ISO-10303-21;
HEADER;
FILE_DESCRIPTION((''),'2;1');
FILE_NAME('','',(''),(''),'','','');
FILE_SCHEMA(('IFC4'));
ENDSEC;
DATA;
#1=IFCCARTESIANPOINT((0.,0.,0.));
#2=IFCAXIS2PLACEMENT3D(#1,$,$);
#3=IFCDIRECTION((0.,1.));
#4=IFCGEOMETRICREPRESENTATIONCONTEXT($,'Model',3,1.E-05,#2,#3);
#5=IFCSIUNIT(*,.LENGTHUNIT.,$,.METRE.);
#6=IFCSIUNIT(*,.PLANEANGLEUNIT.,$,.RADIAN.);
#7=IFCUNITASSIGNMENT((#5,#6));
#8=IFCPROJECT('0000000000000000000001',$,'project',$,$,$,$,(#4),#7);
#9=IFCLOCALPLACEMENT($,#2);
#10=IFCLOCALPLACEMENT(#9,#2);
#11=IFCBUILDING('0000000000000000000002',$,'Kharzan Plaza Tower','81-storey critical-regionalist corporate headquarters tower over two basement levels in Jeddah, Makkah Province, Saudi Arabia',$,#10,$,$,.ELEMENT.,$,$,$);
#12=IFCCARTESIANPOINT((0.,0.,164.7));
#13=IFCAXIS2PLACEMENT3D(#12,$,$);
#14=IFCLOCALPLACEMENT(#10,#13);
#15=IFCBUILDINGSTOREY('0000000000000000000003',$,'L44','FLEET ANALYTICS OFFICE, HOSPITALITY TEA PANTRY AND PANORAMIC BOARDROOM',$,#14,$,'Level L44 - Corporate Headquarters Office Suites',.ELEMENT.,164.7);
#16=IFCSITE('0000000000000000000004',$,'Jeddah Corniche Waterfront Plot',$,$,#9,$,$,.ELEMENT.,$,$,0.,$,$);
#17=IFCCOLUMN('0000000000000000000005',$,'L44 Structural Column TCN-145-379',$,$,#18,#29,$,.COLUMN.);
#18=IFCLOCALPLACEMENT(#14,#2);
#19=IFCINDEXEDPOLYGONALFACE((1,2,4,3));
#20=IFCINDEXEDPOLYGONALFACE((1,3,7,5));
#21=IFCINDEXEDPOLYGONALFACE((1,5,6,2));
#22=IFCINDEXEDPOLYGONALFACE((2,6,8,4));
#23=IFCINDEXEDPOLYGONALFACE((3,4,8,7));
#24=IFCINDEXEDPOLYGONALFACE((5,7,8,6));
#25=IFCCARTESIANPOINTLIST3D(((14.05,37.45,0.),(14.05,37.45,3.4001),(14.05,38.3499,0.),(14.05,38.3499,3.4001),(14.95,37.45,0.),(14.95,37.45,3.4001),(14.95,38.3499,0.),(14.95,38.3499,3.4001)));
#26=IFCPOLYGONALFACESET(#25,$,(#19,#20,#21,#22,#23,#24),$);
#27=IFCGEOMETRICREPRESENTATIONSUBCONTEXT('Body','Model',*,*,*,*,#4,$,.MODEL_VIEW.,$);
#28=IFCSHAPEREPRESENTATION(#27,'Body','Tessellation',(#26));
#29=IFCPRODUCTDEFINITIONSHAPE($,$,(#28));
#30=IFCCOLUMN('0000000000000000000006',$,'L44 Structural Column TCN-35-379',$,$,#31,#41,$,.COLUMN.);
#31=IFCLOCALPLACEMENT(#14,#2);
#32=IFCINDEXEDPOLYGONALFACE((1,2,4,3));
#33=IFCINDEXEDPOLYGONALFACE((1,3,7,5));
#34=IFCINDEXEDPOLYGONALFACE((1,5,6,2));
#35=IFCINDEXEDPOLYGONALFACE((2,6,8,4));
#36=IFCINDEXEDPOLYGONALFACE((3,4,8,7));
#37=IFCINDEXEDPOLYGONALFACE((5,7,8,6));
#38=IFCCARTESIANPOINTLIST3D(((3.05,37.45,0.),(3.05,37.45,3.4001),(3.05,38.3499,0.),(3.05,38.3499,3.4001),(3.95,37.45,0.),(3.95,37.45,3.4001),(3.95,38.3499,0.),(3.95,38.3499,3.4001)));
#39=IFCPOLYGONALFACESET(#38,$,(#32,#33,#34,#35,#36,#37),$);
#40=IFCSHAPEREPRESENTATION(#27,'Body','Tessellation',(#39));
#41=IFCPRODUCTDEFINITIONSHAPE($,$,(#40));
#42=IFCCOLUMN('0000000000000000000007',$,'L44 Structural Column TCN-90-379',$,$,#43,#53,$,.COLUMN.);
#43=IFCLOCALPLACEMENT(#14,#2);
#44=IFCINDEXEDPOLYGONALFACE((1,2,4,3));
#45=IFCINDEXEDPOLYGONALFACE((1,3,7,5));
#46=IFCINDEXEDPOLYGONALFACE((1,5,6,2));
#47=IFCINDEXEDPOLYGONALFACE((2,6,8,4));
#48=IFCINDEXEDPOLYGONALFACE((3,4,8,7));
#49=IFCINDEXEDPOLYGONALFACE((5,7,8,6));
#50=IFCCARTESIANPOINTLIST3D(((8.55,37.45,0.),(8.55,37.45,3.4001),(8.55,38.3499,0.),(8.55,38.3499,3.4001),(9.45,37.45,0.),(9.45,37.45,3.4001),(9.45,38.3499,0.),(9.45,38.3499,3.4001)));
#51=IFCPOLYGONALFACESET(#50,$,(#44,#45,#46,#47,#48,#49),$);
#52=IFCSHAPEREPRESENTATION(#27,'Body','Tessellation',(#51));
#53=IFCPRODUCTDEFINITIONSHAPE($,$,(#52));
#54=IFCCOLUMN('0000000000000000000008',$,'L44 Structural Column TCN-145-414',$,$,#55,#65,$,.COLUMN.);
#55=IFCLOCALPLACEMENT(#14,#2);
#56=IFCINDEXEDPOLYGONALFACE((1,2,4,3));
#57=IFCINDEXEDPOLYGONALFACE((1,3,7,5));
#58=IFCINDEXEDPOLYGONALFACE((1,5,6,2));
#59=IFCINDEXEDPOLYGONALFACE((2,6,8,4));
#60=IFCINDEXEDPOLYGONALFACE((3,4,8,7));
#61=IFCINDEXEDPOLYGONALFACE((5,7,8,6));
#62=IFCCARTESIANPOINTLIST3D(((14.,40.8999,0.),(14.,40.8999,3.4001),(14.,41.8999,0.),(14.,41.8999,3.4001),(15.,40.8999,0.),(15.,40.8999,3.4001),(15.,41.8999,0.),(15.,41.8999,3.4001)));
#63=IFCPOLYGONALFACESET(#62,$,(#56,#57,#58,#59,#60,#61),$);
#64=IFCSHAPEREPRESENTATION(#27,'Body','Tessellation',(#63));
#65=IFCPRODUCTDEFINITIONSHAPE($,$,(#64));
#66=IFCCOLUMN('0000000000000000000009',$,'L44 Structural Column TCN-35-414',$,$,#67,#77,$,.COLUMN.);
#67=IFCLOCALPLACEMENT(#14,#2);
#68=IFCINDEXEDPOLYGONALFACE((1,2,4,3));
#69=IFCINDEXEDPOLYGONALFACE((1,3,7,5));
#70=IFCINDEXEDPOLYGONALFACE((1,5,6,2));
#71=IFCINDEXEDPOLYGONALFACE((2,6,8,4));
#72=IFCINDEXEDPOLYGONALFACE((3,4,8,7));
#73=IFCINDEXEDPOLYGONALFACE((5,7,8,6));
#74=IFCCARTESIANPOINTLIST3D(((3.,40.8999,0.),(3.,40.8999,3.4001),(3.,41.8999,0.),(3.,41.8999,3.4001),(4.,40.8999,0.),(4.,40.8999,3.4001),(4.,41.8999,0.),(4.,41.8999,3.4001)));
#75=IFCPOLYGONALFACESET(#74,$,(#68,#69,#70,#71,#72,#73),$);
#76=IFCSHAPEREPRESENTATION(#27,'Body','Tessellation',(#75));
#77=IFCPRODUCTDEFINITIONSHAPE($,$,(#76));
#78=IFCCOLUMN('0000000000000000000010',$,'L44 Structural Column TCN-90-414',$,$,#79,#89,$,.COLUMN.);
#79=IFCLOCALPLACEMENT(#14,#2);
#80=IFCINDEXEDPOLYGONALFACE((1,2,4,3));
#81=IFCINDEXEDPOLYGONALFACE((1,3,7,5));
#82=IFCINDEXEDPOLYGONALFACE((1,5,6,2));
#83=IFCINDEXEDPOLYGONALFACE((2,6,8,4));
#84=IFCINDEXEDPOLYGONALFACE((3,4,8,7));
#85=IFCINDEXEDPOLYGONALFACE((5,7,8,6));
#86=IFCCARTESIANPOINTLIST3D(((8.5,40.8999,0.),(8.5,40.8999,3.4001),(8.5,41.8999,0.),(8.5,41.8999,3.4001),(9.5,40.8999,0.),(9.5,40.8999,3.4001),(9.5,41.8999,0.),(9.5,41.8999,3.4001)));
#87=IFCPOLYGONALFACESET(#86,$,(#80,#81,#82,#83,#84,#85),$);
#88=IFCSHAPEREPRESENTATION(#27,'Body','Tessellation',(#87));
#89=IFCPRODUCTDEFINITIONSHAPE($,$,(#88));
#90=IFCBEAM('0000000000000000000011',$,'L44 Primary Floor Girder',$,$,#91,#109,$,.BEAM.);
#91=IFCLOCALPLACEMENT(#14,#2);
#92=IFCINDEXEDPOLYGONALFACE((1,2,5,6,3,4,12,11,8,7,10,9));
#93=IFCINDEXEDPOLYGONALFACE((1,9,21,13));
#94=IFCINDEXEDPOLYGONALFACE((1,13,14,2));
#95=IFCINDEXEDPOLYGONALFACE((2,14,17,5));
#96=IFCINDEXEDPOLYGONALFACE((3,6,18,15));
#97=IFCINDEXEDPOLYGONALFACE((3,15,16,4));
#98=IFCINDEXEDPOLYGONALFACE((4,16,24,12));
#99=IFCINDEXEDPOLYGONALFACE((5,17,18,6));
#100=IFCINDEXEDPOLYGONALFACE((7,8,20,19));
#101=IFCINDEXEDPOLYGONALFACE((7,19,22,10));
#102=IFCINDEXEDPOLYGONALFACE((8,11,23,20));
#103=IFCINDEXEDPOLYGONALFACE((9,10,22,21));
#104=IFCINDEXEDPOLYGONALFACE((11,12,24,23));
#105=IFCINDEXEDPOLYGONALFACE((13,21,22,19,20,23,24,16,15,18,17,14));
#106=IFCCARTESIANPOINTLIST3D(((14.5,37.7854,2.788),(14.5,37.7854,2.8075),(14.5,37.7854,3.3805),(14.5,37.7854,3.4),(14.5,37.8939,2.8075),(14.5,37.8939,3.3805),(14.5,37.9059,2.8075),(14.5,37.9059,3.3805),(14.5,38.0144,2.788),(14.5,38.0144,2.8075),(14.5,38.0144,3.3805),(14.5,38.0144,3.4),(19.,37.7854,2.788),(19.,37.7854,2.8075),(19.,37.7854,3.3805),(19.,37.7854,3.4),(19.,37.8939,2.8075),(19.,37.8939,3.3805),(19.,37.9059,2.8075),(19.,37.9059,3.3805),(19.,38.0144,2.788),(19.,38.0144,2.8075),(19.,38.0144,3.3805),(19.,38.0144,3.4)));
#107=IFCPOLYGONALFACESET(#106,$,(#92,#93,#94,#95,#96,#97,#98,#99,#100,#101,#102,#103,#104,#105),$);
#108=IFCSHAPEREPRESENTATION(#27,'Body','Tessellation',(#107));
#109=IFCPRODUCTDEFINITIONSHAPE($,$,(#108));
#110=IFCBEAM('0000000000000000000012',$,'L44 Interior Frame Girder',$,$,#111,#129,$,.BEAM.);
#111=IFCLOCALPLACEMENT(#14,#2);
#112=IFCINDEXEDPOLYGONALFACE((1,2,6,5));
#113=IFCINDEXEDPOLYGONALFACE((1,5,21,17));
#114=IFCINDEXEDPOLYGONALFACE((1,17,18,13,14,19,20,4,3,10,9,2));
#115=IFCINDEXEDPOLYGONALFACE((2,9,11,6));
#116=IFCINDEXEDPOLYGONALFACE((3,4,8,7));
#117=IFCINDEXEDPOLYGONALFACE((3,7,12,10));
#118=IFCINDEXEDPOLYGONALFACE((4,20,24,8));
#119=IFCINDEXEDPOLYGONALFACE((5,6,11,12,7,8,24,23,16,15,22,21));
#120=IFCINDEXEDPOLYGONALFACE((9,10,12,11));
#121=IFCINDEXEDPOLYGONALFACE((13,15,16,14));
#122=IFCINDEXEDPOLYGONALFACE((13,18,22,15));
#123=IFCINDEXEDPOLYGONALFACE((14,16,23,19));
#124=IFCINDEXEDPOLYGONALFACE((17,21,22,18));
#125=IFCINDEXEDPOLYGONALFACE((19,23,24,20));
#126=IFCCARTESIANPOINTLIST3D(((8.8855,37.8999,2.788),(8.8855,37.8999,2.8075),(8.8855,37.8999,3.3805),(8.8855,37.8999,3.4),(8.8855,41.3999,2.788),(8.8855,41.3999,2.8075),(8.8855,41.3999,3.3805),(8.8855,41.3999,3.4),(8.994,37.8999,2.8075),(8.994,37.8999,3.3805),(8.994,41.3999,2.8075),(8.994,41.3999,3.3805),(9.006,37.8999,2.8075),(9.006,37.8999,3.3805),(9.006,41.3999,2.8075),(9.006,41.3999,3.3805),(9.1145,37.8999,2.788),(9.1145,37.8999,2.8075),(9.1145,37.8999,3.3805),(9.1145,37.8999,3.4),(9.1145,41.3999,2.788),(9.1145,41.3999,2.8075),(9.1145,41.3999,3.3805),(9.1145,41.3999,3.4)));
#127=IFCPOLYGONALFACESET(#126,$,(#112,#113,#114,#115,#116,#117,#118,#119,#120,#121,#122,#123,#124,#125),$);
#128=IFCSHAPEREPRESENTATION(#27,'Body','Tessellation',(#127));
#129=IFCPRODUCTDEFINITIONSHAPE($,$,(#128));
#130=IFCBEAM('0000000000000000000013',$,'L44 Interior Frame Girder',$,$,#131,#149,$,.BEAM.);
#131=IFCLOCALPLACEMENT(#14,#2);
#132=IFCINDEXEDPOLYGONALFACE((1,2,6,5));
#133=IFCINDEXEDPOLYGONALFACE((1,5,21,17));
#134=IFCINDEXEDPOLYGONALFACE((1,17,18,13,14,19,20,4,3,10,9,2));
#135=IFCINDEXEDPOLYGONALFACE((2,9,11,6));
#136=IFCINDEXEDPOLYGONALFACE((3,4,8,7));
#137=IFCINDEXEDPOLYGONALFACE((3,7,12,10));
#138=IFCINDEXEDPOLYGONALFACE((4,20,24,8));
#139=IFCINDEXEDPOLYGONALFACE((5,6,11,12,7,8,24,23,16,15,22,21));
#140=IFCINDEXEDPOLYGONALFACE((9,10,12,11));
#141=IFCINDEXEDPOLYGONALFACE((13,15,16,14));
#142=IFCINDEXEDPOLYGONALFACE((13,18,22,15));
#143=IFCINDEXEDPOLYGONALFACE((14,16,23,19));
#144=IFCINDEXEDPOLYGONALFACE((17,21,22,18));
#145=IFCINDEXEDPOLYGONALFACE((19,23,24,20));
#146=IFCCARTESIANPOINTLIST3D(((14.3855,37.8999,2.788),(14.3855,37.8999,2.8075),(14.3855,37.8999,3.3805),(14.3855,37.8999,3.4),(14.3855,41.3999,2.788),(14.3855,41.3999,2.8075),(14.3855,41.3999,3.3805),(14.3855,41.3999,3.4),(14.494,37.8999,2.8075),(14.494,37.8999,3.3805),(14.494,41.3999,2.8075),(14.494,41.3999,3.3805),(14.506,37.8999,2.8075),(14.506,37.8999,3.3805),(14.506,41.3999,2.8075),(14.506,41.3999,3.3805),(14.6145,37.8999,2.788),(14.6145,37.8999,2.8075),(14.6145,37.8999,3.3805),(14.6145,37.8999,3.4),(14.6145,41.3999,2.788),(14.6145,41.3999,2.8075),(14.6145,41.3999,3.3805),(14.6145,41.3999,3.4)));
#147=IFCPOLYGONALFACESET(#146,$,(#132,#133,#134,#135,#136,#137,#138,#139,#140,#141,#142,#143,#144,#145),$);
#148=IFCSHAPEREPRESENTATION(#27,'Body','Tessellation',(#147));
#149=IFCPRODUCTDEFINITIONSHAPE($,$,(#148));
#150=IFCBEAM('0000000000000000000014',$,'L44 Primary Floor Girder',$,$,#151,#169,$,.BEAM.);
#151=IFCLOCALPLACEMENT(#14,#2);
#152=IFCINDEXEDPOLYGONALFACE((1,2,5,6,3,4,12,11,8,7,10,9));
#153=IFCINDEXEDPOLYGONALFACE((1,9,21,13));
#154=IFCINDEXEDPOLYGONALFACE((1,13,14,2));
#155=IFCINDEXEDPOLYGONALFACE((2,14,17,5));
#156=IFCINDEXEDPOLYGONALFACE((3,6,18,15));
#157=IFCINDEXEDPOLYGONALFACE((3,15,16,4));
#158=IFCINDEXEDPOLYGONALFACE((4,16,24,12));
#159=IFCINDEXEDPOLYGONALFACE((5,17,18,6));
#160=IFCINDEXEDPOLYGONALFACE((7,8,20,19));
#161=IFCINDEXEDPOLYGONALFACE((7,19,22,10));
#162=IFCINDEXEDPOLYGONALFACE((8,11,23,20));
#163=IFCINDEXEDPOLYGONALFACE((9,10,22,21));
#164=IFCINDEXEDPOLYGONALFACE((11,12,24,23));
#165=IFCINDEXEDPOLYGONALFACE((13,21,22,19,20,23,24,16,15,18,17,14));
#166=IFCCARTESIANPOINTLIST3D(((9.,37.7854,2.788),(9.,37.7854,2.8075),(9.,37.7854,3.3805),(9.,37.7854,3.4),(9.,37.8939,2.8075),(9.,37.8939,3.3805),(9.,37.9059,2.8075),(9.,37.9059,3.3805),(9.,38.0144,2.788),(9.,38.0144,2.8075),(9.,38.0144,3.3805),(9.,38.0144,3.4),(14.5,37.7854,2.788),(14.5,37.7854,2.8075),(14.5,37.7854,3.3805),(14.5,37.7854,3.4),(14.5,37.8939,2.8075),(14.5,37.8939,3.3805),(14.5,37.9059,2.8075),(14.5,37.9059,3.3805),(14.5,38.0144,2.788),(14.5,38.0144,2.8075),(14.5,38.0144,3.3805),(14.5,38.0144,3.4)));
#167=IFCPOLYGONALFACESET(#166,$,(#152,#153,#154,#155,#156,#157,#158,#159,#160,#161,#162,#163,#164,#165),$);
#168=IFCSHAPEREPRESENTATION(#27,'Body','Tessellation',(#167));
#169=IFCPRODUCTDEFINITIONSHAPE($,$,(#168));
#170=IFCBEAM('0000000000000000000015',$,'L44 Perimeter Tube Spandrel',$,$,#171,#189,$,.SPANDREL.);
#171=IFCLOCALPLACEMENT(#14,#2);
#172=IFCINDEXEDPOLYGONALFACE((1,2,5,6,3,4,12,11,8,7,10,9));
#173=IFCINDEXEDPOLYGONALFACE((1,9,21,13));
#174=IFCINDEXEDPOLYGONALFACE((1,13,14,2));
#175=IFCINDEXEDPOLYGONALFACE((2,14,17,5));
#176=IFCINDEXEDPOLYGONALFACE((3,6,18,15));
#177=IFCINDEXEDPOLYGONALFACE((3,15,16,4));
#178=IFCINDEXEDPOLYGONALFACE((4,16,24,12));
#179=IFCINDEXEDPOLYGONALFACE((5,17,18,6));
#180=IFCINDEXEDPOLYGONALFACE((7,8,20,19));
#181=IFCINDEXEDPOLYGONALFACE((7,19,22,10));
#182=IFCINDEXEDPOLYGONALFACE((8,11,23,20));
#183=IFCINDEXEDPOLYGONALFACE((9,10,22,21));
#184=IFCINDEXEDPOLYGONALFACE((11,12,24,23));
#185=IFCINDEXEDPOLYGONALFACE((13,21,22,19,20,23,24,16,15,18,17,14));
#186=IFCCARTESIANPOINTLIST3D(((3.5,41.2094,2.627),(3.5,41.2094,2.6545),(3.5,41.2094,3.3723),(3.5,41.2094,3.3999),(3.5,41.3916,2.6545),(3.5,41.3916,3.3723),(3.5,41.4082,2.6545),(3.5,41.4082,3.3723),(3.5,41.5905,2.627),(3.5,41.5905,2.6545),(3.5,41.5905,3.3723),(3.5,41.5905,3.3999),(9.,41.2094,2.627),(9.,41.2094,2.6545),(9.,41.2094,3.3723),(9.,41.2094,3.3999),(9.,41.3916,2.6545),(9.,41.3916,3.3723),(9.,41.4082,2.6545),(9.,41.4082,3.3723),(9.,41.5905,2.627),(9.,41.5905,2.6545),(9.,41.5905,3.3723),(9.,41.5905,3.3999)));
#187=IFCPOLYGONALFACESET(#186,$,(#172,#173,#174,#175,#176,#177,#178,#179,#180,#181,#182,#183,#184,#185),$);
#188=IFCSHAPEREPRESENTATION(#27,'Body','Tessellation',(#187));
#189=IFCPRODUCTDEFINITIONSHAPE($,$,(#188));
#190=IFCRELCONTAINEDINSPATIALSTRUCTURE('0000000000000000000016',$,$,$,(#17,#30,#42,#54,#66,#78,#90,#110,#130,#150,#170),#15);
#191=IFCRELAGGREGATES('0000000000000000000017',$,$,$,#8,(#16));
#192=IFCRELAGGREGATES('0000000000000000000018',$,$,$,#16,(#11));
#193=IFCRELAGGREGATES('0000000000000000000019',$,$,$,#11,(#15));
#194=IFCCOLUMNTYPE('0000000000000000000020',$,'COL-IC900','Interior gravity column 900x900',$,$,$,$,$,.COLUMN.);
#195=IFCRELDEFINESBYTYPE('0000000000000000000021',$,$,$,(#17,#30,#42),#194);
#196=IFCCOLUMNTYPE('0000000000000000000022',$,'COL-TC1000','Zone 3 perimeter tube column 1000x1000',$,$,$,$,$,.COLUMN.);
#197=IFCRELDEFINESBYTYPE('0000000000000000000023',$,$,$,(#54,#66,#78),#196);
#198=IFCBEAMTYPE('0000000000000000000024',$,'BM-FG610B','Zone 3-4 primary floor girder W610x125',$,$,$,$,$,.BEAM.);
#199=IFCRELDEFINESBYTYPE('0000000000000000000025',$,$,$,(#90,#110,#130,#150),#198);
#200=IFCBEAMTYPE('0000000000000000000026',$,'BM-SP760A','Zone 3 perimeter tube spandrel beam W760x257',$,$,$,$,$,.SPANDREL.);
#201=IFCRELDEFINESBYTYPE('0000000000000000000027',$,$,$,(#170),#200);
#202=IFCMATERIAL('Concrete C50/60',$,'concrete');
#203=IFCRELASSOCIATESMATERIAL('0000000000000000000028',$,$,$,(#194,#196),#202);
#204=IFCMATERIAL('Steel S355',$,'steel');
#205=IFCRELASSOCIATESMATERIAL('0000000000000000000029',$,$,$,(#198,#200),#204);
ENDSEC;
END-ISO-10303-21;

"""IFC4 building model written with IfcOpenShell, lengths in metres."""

from ifc_helpers import new_model, si_unit, direction, frame, origin, origin_2d, place, context, subcontext, project, spatial, rectangle, i_section, extrude, source, transform, mapped, material, material_profile, profile_set, type_object, element, save


model = new_model("IFC4")

# Units and contexts
model_context = context("Model", 3, precision=1e-05, world=origin(), true_north=direction((0.0, 1.0)))
body_context = subcontext(model_context, "Body", "Model", "MODEL_VIEW")
ifc_project = project(units=[si_unit("LENGTHUNIT", "METRE"), si_unit("PLANEANGLEUNIT", "RADIAN")], contexts=[model_context])

# Site, building, storey
site_placement = place(None, origin())
site = spatial("IfcSite", under=ifc_project, at=site_placement, Name="Jeddah Corniche Waterfront Plot", CompositionType="ELEMENT", RefElevation=0.0)
building_placement = place(site_placement, origin())
building = spatial("IfcBuilding", under=site, at=building_placement, Name="Kharzan Plaza Tower", Description="81-storey critical-regionalist corporate headquarters tower over two basement levels in Jeddah, Makkah Province, Saudi Arabia", CompositionType="ELEMENT")
storey_placement = place(building_placement, frame((0.0, 0.0, 164.7)))
storey = spatial("IfcBuildingStorey", under=building, at=storey_placement, Name="L44", Description="FLEET ANALYTICS OFFICE, HOSPITALITY TEA PANTRY AND PANORAMIC BOARDROOM", LongName="Level L44 - Corporate Headquarters Office Suites", CompositionType="ELEMENT", Elevation=164.7)

# Columns
ifc_material_1 = material(Name="Concrete C50/60", Category="concrete")
ifc_material_profile_1 = material_profile(ifc_material_1, rectangle(XDim=0.8999, YDim=0.8999, at=origin_2d()), Name="RC-IC900x900")
ifc_profile_set_1 = profile_set([ifc_material_profile_1], Name="Concrete C50/60")
column_type_1 = type_object("IfcColumnType", Name="COL-IC900", Description="Interior gravity column 900x900", PredefinedType="COLUMN", material=ifc_profile_set_1)
shared_shape_1 = source(origin(), body_context, "Body", "SweptSolid", [
    extrude(rectangle(XDim=0.8999, YDim=0.8999, at=origin_2d()), origin(), (0.0, 0.0, 1.0), 3.4001),
])
for number, where, z_axis, x_axis, name in (
    (1, (14.5, 37.8999, 0.0), (0.0, 0.0, 1.0), (1.0, 0.0, 0.0), "L44 Structural Column TCN-145-379"),
    (2, (3.5, 37.8999, 0.0), (0.0, 0.0, 1.0), (1.0, 0.0, 0.0), "L44 Structural Column TCN-35-379"),
    (3, (9.0, 37.8999, 0.0), (0.0, 0.0, 1.0), (1.0, 0.0, 0.0), "L44 Structural Column TCN-90-379"),
):
    element("IfcColumn", number, at=place(storey_placement, frame(where, z_axis=z_axis, x_axis=x_axis)), inside=storey, type_object=column_type_1, Name=name, PredefinedType="COLUMN", context=body_context, shape_type="MappedRepresentation", body=[
        mapped(shared_shape_1, transform((0.0, 0.0, 0.0), x_axis=(1.0, 0.0, 0.0), y_axis=(0.0, 1.0, 0.0), z_axis=(0.0, 0.0, 1.0))),
    ])
ifc_material_profile_2 = material_profile(ifc_material_1, rectangle(XDim=1.0, YDim=1.0, at=origin_2d()), Name="RC-TC1000x1000")
ifc_profile_set_2 = profile_set([ifc_material_profile_2], Name="Concrete C50/60")
column_type_2 = type_object("IfcColumnType", Name="COL-TC1000", Description="Zone 3 perimeter tube column 1000x1000", PredefinedType="COLUMN", material=ifc_profile_set_2)
shared_shape_2 = source(origin(), body_context, "Body", "SweptSolid", [
    extrude(rectangle(XDim=1.0, YDim=1.0, at=origin_2d()), origin(), (0.0, 0.0, 1.0), 3.4001),
])
for number, where, z_axis, x_axis, name in (
    (4, (14.5, 41.3999, 0.0), (0.0, 0.0, 1.0), (1.0, 0.0, 0.0), "L44 Structural Column TCN-145-414"),
    (5, (3.5, 41.3999, 0.0), (0.0, 0.0, 1.0), (1.0, 0.0, 0.0), "L44 Structural Column TCN-35-414"),
    (6, (9.0, 41.3999, 0.0), (0.0, 0.0, 1.0), (1.0, 0.0, 0.0), "L44 Structural Column TCN-90-414"),
):
    element("IfcColumn", number, at=place(storey_placement, frame(where, z_axis=z_axis, x_axis=x_axis)), inside=storey, type_object=column_type_2, Name=name, PredefinedType="COLUMN", context=body_context, shape_type="MappedRepresentation", body=[
        mapped(shared_shape_2, transform((0.0, 0.0, 0.0), x_axis=(1.0, 0.0, 0.0), y_axis=(0.0, 1.0, 0.0), z_axis=(0.0, 0.0, 1.0))),
    ])

# Beams
ifc_material_2 = material(Name="Steel S355", Category="steel")
ifc_material_profile_3 = material_profile(ifc_material_2, i_section(OverallWidth=0.229, OverallDepth=0.6121, WebThickness=0.012, FlangeThickness=0.0195, at=origin_2d()), Name="W610x125")
ifc_profile_set_3 = profile_set([ifc_material_profile_3], Name="Steel S355")
beam_type_1 = type_object("IfcBeamType", Name="BM-FG610B", Description="Zone 3-4 primary floor girder W610x125", PredefinedType="BEAM", material=ifc_profile_set_3)
shared_shape_3 = source(origin(), body_context, "Body", "SweptSolid", [
    extrude(i_section(OverallWidth=0.229, OverallDepth=0.6121, WebThickness=0.012, FlangeThickness=0.0195, at=origin_2d()), origin(), (0.0, 0.0, 1.0), 4.5),
])
beam_1_placement = place(storey_placement, frame((14.5, 37.8999, 3.094), z_axis=(1.0, 0.0, 0.0), x_axis=(0.0, 1.0, 0.0)))
element("IfcBeam", 7, at=beam_1_placement, inside=storey, type_object=beam_type_1, Name="L44 Primary Floor Girder", PredefinedType="BEAM", context=body_context, shape_type="MappedRepresentation", body=[
    mapped(shared_shape_3, transform((0.0, 0.0, 0.0), x_axis=(1.0, 0.0, 0.0), y_axis=(0.0, 1.0, 0.0), z_axis=(0.0, 0.0, 1.0))),
])
shared_shape_4 = source(origin(), body_context, "Body", "SweptSolid", [
    extrude(i_section(OverallWidth=0.229, OverallDepth=0.6121, WebThickness=0.012, FlangeThickness=0.0195, at=origin_2d()), origin(), (0.0, 0.0, 1.0), 3.5),
])
for number, where, z_axis, x_axis, name in (
    (8, (9.0, 37.8999, 3.094), (0.0, 1.0, 0.0), (-1.0, 0.0, 0.0), "L44 Interior Frame Girder"),
    (9, (14.5, 37.8999, 3.094), (0.0, 1.0, 0.0), (-1.0, 0.0, 0.0), "L44 Interior Frame Girder"),
):
    element("IfcBeam", number, at=place(storey_placement, frame(where, z_axis=z_axis, x_axis=x_axis)), inside=storey, type_object=beam_type_1, Name=name, PredefinedType="BEAM", context=body_context, shape_type="MappedRepresentation", body=[
        mapped(shared_shape_4, transform((0.0, 0.0, 0.0), x_axis=(1.0, 0.0, 0.0), y_axis=(0.0, 1.0, 0.0), z_axis=(0.0, 0.0, 1.0))),
    ])
shared_shape_5 = source(origin(), body_context, "Body", "SweptSolid", [
    extrude(i_section(OverallWidth=0.229, OverallDepth=0.6121, WebThickness=0.012, FlangeThickness=0.0195, at=origin_2d()), origin(), (0.0, 0.0, 1.0), 5.5),
])
beam_2_placement = place(storey_placement, frame((9.0, 37.8999, 3.094), z_axis=(1.0, 0.0, 0.0), x_axis=(0.0, 1.0, 0.0)))
element("IfcBeam", 10, at=beam_2_placement, inside=storey, type_object=beam_type_1, Name="L44 Primary Floor Girder", PredefinedType="BEAM", context=body_context, shape_type="MappedRepresentation", body=[
    mapped(shared_shape_5, transform((0.0, 0.0, 0.0), x_axis=(1.0, 0.0, 0.0), y_axis=(0.0, 1.0, 0.0), z_axis=(0.0, 0.0, 1.0))),
])
ifc_material_profile_4 = material_profile(ifc_material_2, i_section(OverallWidth=0.3811, OverallDepth=0.7729, WebThickness=0.0166, FlangeThickness=0.0276, at=origin_2d()), Name="W760x257")
ifc_profile_set_4 = profile_set([ifc_material_profile_4], Name="Steel S355")
beam_type_2 = type_object("IfcBeamType", Name="BM-SP760A", Description="Zone 3 perimeter tube spandrel beam W760x257", PredefinedType="SPANDREL", material=ifc_profile_set_4)
shared_shape_6 = source(origin(), body_context, "Body", "SweptSolid", [
    extrude(i_section(OverallWidth=0.3811, OverallDepth=0.7729, WebThickness=0.0166, FlangeThickness=0.0276, at=origin_2d()), origin(), (0.0, 0.0, 1.0), 5.5),
])
for number, where, z_axis, x_axis, name in (
    (11, (3.5, 41.3999, 3.0134), (1.0, 0.0, 0.0), (0.0, 1.0, 0.0), "L44 Perimeter Tube Spandrel"),
):
    element("IfcBeam", number, at=place(storey_placement, frame(where, z_axis=z_axis, x_axis=x_axis)), inside=storey, type_object=beam_type_2, Name=name, PredefinedType="SPANDREL", context=body_context, shape_type="MappedRepresentation", body=[
        mapped(shared_shape_6, transform((0.0, 0.0, 0.0), x_axis=(1.0, 0.0, 0.0), y_axis=(0.0, 1.0, 0.0), z_axis=(0.0, 0.0, 1.0))),
    ])

save(model, "model.ifc")
